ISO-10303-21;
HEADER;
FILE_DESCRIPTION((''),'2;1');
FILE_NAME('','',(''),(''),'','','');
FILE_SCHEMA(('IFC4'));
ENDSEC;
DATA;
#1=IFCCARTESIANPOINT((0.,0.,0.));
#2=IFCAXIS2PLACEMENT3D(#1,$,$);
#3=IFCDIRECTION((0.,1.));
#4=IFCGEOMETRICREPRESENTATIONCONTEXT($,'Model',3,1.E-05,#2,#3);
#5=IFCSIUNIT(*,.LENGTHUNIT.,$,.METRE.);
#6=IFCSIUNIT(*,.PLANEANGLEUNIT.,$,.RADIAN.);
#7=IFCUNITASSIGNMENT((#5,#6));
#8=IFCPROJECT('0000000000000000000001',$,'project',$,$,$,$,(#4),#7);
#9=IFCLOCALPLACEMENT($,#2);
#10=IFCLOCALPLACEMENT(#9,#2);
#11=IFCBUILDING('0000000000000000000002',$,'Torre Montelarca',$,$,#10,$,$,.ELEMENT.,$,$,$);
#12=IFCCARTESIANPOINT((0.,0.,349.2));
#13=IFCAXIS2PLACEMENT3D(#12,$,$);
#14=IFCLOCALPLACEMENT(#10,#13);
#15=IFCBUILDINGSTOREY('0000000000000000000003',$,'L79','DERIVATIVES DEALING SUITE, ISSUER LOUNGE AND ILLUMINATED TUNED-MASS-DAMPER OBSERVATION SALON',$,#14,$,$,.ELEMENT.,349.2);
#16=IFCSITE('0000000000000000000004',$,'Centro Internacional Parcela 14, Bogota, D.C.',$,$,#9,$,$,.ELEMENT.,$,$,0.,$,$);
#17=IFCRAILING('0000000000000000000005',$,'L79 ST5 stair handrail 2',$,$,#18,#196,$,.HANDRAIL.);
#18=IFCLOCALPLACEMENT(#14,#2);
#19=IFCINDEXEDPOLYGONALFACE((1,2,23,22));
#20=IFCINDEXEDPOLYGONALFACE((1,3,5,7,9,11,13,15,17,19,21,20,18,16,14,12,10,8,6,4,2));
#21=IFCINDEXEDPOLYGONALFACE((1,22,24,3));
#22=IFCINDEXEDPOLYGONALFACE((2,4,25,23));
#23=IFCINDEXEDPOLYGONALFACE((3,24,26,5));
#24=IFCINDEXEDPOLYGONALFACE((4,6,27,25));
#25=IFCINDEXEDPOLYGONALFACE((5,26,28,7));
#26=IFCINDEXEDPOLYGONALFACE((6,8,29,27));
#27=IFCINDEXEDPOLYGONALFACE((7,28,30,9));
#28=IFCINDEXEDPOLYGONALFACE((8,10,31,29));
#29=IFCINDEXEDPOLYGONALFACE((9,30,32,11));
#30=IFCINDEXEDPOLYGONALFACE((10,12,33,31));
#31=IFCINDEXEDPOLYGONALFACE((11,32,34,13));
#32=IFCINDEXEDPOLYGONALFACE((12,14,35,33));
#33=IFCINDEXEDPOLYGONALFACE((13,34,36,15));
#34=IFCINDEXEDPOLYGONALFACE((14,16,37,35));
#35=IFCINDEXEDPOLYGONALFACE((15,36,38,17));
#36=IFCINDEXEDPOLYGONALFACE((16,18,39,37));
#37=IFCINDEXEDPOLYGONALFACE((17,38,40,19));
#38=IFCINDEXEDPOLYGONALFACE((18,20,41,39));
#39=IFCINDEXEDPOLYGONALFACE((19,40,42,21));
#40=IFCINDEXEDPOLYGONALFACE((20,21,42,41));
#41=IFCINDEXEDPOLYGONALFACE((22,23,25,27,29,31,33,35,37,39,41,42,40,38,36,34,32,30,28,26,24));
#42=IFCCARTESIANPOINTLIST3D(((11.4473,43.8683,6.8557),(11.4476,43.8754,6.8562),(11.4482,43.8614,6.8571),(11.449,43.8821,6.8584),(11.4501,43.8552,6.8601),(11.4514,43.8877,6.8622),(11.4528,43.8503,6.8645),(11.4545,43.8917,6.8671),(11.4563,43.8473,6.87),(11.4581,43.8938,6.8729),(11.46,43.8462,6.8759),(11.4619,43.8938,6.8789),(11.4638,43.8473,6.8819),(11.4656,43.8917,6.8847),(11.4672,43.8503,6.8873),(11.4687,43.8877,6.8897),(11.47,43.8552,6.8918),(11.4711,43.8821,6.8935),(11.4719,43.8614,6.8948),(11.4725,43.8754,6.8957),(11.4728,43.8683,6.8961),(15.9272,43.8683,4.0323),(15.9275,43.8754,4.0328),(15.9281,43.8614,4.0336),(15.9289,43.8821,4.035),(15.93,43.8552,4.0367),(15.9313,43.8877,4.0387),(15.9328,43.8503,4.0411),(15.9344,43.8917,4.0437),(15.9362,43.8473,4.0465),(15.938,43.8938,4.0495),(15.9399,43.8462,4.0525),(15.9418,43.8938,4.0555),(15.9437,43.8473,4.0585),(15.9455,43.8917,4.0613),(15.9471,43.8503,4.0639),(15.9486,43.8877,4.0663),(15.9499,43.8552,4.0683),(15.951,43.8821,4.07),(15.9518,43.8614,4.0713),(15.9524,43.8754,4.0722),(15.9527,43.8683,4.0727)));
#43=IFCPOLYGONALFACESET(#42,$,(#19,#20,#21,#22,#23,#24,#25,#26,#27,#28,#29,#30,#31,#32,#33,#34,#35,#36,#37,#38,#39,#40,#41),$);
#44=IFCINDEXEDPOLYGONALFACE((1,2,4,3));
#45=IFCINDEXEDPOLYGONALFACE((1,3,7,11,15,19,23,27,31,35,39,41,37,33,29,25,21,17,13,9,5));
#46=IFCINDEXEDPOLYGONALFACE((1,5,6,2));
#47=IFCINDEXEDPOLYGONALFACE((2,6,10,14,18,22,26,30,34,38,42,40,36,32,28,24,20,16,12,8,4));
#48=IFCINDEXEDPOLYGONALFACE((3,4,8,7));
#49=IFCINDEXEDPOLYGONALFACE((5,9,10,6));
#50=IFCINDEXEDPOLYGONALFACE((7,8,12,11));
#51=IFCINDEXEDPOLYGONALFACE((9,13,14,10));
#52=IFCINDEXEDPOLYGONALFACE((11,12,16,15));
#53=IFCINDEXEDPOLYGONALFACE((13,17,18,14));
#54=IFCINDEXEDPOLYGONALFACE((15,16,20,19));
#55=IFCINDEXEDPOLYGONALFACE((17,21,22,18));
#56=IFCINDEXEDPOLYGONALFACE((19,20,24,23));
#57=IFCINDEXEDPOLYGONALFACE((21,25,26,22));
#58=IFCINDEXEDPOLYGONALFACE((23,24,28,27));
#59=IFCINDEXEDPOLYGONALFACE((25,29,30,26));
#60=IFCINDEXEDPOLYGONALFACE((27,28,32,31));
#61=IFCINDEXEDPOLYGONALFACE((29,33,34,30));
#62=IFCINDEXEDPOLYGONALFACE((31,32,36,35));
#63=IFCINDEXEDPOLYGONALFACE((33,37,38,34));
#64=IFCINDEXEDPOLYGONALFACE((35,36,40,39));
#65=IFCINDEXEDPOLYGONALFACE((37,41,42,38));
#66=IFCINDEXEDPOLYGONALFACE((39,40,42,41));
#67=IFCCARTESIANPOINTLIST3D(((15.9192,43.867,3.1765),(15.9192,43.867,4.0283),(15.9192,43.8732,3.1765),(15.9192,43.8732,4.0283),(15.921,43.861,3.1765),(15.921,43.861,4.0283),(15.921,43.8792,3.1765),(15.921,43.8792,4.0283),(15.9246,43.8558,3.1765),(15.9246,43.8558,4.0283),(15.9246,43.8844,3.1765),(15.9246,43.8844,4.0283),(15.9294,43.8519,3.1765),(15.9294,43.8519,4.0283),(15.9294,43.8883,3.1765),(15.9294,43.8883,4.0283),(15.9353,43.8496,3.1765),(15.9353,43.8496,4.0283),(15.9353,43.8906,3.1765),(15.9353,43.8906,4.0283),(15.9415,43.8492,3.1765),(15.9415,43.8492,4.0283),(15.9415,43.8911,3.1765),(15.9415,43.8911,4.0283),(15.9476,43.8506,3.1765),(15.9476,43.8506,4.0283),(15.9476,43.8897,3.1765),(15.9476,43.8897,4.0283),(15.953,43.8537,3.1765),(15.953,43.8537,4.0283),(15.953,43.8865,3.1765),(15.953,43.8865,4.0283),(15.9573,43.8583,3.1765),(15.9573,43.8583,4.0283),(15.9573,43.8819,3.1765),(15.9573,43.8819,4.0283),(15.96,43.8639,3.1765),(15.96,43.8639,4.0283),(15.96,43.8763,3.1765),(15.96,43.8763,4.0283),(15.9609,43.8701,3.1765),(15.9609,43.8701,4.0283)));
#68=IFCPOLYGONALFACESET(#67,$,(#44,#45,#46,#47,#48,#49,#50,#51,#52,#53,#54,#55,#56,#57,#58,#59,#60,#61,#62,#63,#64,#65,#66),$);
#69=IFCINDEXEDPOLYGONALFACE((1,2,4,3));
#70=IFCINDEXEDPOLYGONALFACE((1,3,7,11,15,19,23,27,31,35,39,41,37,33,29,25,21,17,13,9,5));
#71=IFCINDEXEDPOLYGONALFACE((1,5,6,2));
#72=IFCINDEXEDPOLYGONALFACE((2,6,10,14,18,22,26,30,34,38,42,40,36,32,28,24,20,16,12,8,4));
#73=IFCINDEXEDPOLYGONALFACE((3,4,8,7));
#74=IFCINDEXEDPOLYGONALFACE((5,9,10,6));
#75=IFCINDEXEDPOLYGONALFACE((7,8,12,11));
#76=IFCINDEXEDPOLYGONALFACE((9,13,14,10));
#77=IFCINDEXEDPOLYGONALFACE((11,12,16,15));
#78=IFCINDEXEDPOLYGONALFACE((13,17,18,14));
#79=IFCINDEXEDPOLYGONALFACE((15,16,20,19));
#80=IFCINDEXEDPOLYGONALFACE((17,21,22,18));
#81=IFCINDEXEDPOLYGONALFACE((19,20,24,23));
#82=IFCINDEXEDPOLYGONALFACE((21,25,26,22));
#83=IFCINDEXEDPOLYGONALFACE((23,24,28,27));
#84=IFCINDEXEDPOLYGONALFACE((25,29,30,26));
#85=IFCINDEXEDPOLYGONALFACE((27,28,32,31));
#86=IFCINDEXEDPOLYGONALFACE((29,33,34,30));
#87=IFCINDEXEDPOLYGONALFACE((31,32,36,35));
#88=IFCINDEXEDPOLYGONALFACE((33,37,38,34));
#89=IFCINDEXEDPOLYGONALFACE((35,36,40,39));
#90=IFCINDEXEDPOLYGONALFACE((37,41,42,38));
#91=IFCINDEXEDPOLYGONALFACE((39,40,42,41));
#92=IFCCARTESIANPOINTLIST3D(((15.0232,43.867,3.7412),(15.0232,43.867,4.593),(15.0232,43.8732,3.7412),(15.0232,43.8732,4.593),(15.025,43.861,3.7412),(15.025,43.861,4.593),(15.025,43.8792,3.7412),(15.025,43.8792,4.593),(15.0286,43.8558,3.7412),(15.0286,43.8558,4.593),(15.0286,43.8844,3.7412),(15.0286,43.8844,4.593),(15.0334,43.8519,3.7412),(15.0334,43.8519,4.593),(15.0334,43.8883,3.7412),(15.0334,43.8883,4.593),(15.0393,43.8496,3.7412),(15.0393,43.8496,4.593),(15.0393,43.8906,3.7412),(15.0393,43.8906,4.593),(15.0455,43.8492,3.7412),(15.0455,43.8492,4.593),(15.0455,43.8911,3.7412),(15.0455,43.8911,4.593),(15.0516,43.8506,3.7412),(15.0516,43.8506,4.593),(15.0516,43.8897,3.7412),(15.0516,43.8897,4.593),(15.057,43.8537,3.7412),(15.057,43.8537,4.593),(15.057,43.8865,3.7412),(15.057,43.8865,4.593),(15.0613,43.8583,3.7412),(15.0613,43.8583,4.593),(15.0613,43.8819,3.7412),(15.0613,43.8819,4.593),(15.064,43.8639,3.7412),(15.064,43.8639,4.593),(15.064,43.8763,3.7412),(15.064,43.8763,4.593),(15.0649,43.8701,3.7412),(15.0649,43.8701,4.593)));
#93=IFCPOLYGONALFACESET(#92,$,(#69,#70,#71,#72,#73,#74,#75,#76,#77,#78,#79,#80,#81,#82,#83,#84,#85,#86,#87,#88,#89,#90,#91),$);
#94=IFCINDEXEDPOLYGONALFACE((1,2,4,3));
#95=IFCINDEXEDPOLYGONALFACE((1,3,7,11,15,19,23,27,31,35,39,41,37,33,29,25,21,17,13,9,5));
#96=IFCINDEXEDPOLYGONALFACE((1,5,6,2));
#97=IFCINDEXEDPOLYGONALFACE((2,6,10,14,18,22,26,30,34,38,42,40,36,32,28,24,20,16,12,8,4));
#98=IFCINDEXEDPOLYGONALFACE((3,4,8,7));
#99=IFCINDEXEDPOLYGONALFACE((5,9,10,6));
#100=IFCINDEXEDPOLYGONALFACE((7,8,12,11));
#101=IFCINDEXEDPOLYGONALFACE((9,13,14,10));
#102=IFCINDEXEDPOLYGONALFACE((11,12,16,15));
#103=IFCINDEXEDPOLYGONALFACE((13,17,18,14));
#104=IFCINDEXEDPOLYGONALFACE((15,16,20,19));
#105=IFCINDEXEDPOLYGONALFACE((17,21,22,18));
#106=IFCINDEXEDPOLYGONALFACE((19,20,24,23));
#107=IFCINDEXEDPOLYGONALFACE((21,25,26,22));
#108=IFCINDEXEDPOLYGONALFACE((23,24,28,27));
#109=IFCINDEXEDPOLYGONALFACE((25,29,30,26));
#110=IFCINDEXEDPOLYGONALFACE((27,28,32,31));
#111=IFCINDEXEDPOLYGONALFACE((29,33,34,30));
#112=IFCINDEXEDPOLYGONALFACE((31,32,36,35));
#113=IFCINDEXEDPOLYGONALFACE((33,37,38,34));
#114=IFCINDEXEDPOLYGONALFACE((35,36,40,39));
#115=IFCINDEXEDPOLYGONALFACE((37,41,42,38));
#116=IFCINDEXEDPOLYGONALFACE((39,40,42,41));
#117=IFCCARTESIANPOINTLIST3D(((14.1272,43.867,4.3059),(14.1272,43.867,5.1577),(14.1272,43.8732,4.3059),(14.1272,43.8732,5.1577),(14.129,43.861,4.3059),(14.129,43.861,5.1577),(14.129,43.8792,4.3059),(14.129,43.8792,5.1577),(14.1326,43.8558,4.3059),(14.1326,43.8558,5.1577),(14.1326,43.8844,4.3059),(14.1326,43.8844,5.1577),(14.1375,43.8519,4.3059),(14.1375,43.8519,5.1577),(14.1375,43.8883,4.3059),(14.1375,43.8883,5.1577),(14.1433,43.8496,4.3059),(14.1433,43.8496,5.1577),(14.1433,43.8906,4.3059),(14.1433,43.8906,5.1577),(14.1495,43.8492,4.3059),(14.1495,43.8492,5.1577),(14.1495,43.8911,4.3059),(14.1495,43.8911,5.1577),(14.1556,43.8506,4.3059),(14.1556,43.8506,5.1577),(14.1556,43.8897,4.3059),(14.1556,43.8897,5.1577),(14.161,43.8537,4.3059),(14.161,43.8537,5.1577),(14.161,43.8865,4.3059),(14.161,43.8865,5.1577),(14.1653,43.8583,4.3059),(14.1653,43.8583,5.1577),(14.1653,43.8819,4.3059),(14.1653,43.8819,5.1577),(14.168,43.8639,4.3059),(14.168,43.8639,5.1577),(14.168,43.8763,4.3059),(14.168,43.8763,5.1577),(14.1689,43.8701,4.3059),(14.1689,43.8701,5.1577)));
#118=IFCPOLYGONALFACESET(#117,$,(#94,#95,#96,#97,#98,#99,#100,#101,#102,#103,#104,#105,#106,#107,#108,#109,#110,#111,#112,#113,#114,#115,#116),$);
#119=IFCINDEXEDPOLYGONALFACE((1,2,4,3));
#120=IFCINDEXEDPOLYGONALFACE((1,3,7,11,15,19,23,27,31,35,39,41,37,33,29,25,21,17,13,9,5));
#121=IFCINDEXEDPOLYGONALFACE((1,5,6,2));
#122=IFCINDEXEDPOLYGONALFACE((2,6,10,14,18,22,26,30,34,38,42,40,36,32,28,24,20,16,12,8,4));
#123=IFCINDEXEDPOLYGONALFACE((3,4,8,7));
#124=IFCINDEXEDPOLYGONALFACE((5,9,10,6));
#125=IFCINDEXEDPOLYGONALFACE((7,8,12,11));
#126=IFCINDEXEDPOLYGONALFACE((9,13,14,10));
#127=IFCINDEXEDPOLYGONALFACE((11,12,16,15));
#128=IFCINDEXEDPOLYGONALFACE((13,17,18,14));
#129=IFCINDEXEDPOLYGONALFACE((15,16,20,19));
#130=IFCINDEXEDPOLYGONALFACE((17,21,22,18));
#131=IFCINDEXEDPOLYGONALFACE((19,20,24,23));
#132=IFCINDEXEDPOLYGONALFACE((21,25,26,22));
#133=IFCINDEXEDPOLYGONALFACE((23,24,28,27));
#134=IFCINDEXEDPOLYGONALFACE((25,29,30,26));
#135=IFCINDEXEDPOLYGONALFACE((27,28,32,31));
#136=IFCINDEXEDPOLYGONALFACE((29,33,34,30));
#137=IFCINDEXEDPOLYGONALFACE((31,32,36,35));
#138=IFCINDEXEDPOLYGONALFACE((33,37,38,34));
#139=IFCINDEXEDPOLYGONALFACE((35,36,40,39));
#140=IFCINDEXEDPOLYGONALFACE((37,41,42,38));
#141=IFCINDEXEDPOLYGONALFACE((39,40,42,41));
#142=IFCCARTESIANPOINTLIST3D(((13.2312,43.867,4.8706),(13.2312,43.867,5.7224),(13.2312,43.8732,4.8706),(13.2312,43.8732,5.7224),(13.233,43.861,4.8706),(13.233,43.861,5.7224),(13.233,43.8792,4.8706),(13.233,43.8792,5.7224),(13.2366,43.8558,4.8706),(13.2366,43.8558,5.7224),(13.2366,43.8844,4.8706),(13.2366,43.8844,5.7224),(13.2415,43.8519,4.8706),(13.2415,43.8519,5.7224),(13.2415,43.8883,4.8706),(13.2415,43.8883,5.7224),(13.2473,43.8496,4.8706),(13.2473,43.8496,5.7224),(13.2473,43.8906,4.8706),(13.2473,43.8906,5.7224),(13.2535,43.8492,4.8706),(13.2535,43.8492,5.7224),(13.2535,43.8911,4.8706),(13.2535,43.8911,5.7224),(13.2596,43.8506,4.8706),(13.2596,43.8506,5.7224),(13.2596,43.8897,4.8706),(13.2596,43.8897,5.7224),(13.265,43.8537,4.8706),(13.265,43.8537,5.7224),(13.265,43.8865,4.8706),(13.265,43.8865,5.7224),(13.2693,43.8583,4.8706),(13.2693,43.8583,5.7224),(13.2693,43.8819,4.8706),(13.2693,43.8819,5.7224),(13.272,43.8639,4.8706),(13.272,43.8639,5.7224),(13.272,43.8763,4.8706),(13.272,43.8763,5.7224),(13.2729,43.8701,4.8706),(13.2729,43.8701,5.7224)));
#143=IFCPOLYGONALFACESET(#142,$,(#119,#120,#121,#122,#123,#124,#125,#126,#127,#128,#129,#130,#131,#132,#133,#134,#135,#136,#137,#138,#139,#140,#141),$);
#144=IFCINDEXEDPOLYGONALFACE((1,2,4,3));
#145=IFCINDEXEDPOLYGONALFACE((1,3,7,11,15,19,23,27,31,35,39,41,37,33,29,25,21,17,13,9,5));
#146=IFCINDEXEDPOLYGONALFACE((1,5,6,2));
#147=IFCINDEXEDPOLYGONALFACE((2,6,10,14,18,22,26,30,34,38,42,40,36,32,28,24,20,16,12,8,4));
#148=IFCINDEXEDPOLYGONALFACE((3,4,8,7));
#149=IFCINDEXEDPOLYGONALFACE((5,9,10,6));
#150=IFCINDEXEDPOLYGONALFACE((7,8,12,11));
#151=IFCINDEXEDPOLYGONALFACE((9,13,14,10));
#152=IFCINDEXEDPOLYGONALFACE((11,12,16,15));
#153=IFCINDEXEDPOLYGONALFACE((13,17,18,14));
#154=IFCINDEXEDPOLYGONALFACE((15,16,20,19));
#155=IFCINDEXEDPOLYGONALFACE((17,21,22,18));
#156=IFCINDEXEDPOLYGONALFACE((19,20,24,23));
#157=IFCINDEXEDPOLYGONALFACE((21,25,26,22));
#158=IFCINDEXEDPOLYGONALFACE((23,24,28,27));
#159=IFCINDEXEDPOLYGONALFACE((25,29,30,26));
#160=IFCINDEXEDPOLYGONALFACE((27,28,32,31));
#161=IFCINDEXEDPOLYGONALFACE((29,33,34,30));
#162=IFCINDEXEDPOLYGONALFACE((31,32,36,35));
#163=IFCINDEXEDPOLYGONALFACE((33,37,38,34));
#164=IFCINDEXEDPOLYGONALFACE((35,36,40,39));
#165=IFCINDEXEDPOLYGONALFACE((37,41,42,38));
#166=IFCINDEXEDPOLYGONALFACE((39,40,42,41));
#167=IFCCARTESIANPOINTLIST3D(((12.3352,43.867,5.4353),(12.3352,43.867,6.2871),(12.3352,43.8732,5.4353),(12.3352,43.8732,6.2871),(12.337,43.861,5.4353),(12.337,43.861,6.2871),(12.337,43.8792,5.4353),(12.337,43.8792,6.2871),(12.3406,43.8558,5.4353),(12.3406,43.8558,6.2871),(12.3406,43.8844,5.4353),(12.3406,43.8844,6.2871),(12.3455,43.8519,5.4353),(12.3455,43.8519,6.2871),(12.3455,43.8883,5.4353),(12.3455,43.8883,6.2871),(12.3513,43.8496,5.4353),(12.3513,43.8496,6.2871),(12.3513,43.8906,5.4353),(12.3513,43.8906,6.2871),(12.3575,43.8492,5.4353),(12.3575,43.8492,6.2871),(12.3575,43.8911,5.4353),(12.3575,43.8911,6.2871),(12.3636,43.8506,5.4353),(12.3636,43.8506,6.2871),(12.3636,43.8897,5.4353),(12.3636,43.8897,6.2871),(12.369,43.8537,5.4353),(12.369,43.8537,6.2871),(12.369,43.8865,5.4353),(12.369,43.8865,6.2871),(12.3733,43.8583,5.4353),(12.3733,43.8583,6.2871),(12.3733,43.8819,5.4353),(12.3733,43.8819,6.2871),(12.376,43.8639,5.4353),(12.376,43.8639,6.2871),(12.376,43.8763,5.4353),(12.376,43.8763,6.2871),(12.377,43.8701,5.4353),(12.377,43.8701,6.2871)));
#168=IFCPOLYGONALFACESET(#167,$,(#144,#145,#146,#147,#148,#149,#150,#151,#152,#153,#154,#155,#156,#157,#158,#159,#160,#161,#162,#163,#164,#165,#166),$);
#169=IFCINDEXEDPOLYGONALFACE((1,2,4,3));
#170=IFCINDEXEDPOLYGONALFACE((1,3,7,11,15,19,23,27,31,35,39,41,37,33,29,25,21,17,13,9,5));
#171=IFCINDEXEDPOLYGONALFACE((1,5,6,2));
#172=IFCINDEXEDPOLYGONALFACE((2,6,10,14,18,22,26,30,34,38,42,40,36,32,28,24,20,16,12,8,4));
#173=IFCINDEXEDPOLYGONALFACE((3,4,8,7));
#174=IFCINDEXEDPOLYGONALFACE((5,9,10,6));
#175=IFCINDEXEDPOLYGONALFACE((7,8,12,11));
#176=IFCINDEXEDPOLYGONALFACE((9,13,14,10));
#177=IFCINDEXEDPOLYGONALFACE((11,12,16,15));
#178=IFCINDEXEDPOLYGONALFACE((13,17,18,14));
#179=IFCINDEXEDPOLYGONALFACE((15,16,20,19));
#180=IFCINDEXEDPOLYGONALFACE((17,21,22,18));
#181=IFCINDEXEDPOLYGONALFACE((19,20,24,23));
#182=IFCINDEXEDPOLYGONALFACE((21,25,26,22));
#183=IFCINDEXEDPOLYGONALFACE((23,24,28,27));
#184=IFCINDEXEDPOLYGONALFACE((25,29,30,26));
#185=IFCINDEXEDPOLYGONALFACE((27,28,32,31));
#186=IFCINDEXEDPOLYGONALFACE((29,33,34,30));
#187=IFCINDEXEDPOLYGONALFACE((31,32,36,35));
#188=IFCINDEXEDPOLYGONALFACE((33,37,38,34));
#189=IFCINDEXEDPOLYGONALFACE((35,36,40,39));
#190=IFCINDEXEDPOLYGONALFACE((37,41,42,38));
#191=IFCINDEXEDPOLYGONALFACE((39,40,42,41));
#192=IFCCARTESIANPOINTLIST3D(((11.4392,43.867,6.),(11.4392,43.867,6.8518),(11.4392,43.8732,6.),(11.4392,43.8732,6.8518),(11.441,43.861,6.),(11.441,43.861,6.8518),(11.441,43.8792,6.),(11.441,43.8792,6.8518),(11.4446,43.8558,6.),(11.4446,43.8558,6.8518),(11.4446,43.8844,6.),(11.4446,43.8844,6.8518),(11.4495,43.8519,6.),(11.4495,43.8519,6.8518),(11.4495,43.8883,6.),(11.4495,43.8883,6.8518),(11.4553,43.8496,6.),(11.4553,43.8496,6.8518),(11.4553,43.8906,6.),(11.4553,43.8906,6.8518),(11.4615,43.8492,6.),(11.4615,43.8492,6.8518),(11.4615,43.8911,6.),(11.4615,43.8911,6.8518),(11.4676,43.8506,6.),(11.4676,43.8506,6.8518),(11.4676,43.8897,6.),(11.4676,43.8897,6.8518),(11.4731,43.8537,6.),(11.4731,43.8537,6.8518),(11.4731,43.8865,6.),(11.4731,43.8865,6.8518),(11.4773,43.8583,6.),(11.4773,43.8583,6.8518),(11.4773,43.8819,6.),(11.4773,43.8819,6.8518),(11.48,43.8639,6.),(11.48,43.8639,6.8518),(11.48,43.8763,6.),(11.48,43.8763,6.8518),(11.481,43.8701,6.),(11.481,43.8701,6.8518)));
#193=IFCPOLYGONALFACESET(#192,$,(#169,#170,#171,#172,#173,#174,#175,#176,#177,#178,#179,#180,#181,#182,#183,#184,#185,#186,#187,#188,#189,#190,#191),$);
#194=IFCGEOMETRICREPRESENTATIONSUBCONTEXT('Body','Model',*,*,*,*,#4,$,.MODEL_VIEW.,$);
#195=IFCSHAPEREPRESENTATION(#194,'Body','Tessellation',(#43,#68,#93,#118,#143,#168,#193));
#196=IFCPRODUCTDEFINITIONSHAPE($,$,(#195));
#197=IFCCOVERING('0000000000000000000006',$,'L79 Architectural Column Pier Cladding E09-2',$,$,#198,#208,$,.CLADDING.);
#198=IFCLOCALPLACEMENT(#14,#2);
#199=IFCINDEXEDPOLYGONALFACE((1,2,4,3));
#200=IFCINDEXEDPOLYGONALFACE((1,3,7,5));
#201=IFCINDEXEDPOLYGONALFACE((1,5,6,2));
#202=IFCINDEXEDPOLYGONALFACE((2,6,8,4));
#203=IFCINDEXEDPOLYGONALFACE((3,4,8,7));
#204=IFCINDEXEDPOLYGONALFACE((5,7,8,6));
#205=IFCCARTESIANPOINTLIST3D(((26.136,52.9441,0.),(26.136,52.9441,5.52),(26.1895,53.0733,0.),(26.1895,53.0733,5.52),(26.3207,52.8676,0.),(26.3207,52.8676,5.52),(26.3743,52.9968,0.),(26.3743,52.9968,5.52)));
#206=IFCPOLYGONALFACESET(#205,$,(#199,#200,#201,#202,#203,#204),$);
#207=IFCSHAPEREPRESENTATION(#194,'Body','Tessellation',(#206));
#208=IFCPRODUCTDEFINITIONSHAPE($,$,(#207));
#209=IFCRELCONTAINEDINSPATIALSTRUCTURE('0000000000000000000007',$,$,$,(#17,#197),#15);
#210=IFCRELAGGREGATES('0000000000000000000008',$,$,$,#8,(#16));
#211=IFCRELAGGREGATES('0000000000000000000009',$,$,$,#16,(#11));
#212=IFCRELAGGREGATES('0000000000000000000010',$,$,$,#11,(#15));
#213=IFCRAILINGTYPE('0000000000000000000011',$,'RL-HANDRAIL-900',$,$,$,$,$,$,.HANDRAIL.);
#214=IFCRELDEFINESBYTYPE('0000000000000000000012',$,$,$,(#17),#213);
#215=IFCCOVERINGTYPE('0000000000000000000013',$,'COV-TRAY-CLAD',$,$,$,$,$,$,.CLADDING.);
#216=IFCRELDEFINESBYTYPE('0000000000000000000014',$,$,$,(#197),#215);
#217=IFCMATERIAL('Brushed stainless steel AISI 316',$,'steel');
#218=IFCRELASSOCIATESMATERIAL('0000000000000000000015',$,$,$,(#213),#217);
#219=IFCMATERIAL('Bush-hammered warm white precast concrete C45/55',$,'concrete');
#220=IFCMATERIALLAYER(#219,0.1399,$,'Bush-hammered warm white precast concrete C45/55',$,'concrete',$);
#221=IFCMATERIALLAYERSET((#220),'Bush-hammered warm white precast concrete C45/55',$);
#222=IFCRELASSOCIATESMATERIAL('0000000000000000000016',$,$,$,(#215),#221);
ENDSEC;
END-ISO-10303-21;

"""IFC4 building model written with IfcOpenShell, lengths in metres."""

from ifc_helpers import new_model, si_unit, direction, frame, origin, origin_2d, place, context, subcontext, project, spatial, rectangle, circle, extrude, source, transform, mapped, material, layer, layer_set, type_object, element, save


model = new_model("IFC4")

# Units and contexts
model_context = context("Model", 3, precision=1e-05, world=origin(), true_north=direction((0.0, 1.0)))
body_context = subcontext(model_context, "Body", "Model", "MODEL_VIEW")
ifc_project = project(units=[si_unit("LENGTHUNIT", "METRE"), si_unit("PLANEANGLEUNIT", "RADIAN")], contexts=[model_context])

# Site, building, storey
site_placement = place(None, origin())
site = spatial("IfcSite", under=ifc_project, at=site_placement, Name="Centro Internacional Parcela 14, Bogota, D.C.", CompositionType="ELEMENT", RefElevation=0.0)
building_placement = place(site_placement, origin())
building = spatial("IfcBuilding", under=site, at=building_placement, Name="Torre Montelarca", CompositionType="ELEMENT")
storey_placement = place(building_placement, frame((0.0, 0.0, 349.2)))
storey = spatial("IfcBuildingStorey", under=building, at=storey_placement, Name="L79", Description="DERIVATIVES DEALING SUITE, ISSUER LOUNGE AND ILLUMINATED TUNED-MASS-DAMPER OBSERVATION SALON", CompositionType="ELEMENT", Elevation=349.2)

# Railing
ifc_material_1 = material(Name="Brushed stainless steel AISI 316", Category="steel")
railing_type_1 = type_object("IfcRailingType", Name="RL-HANDRAIL-900", PredefinedType="HANDRAIL", material=ifc_material_1)
railing_1_placement = place(storey_placement, frame((15.9399, 43.8701, 3.1765)))
element("IfcRailing", 1, at=railing_1_placement, inside=storey, type_object=railing_type_1, Name="L79 ST5 stair handrail 2", PredefinedType="HANDRAIL", context=body_context, shape_type="SweptSolid", body=[
    extrude(circle(Radius=0.0239, at=origin_2d()), frame((0.0, 0.0, 0.876), z_axis=(-0.845998, 0.0, 0.533186), x_axis=(0.0, -1.0, 0.0)), (0.0, 0.0, 1.0), 5.2954),
    extrude(circle(Radius=0.021, at=origin_2d()), origin(), (0.0, 0.0, 1.0), 0.8518),
    extrude(circle(Radius=0.021, at=origin_2d()), frame((-0.896, 0.0, 0.5647)), (0.0, 0.0, 1.0), 0.8518),
    extrude(circle(Radius=0.021, at=origin_2d()), frame((-1.792, 0.0, 1.1294)), (0.0, 0.0, 1.0), 0.8518),
    extrude(circle(Radius=0.021, at=origin_2d()), frame((-2.688, 0.0, 1.6941)), (0.0, 0.0, 1.0), 0.8518),
    extrude(circle(Radius=0.021, at=origin_2d()), frame((-3.584, 0.0, 2.2588)), (0.0, 0.0, 1.0), 0.8518),
    extrude(circle(Radius=0.021, at=origin_2d()), frame((-4.48, 0.0, 2.8235)), (0.0, 0.0, 1.0), 0.8518),
])

# Covering
ifc_material_2 = material(Name="Bush-hammered warm white precast concrete C45/55", Category="concrete")
ifc_layer_1 = layer(ifc_material_2, 0.1399, Name="Bush-hammered warm white precast concrete C45/55", Category="concrete")
ifc_layer_set_1 = layer_set([ifc_layer_1], Name="Bush-hammered warm white precast concrete C45/55")
covering_type = type_object("IfcCoveringType", Name="COV-TRAY-CLAD", PredefinedType="CLADDING", material=ifc_layer_set_1)
shared_shape_1 = source(origin(), body_context, "Body", "SweptSolid", [
    extrude(rectangle(XDim=0.2, YDim=0.1399, at=origin_2d()), origin(), (0.0, 0.0, 1.0), 5.52),
])
covering_placement = place(storey_placement, frame((26.2551, 52.9705, 0.0), z_axis=(0.0, 0.0, 1.0), x_axis=(-0.923881, 0.38268, 0.0)))
element("IfcCovering", 2, at=covering_placement, inside=storey, type_object=covering_type, Name="L79 Architectural Column Pier Cladding E09-2", PredefinedType="CLADDING", context=body_context, shape_type="MappedRepresentation", body=[
    mapped(shared_shape_1, transform((0.0, 0.0, 0.0), scale=1.0)),
])

save(model, "model.ifc")
